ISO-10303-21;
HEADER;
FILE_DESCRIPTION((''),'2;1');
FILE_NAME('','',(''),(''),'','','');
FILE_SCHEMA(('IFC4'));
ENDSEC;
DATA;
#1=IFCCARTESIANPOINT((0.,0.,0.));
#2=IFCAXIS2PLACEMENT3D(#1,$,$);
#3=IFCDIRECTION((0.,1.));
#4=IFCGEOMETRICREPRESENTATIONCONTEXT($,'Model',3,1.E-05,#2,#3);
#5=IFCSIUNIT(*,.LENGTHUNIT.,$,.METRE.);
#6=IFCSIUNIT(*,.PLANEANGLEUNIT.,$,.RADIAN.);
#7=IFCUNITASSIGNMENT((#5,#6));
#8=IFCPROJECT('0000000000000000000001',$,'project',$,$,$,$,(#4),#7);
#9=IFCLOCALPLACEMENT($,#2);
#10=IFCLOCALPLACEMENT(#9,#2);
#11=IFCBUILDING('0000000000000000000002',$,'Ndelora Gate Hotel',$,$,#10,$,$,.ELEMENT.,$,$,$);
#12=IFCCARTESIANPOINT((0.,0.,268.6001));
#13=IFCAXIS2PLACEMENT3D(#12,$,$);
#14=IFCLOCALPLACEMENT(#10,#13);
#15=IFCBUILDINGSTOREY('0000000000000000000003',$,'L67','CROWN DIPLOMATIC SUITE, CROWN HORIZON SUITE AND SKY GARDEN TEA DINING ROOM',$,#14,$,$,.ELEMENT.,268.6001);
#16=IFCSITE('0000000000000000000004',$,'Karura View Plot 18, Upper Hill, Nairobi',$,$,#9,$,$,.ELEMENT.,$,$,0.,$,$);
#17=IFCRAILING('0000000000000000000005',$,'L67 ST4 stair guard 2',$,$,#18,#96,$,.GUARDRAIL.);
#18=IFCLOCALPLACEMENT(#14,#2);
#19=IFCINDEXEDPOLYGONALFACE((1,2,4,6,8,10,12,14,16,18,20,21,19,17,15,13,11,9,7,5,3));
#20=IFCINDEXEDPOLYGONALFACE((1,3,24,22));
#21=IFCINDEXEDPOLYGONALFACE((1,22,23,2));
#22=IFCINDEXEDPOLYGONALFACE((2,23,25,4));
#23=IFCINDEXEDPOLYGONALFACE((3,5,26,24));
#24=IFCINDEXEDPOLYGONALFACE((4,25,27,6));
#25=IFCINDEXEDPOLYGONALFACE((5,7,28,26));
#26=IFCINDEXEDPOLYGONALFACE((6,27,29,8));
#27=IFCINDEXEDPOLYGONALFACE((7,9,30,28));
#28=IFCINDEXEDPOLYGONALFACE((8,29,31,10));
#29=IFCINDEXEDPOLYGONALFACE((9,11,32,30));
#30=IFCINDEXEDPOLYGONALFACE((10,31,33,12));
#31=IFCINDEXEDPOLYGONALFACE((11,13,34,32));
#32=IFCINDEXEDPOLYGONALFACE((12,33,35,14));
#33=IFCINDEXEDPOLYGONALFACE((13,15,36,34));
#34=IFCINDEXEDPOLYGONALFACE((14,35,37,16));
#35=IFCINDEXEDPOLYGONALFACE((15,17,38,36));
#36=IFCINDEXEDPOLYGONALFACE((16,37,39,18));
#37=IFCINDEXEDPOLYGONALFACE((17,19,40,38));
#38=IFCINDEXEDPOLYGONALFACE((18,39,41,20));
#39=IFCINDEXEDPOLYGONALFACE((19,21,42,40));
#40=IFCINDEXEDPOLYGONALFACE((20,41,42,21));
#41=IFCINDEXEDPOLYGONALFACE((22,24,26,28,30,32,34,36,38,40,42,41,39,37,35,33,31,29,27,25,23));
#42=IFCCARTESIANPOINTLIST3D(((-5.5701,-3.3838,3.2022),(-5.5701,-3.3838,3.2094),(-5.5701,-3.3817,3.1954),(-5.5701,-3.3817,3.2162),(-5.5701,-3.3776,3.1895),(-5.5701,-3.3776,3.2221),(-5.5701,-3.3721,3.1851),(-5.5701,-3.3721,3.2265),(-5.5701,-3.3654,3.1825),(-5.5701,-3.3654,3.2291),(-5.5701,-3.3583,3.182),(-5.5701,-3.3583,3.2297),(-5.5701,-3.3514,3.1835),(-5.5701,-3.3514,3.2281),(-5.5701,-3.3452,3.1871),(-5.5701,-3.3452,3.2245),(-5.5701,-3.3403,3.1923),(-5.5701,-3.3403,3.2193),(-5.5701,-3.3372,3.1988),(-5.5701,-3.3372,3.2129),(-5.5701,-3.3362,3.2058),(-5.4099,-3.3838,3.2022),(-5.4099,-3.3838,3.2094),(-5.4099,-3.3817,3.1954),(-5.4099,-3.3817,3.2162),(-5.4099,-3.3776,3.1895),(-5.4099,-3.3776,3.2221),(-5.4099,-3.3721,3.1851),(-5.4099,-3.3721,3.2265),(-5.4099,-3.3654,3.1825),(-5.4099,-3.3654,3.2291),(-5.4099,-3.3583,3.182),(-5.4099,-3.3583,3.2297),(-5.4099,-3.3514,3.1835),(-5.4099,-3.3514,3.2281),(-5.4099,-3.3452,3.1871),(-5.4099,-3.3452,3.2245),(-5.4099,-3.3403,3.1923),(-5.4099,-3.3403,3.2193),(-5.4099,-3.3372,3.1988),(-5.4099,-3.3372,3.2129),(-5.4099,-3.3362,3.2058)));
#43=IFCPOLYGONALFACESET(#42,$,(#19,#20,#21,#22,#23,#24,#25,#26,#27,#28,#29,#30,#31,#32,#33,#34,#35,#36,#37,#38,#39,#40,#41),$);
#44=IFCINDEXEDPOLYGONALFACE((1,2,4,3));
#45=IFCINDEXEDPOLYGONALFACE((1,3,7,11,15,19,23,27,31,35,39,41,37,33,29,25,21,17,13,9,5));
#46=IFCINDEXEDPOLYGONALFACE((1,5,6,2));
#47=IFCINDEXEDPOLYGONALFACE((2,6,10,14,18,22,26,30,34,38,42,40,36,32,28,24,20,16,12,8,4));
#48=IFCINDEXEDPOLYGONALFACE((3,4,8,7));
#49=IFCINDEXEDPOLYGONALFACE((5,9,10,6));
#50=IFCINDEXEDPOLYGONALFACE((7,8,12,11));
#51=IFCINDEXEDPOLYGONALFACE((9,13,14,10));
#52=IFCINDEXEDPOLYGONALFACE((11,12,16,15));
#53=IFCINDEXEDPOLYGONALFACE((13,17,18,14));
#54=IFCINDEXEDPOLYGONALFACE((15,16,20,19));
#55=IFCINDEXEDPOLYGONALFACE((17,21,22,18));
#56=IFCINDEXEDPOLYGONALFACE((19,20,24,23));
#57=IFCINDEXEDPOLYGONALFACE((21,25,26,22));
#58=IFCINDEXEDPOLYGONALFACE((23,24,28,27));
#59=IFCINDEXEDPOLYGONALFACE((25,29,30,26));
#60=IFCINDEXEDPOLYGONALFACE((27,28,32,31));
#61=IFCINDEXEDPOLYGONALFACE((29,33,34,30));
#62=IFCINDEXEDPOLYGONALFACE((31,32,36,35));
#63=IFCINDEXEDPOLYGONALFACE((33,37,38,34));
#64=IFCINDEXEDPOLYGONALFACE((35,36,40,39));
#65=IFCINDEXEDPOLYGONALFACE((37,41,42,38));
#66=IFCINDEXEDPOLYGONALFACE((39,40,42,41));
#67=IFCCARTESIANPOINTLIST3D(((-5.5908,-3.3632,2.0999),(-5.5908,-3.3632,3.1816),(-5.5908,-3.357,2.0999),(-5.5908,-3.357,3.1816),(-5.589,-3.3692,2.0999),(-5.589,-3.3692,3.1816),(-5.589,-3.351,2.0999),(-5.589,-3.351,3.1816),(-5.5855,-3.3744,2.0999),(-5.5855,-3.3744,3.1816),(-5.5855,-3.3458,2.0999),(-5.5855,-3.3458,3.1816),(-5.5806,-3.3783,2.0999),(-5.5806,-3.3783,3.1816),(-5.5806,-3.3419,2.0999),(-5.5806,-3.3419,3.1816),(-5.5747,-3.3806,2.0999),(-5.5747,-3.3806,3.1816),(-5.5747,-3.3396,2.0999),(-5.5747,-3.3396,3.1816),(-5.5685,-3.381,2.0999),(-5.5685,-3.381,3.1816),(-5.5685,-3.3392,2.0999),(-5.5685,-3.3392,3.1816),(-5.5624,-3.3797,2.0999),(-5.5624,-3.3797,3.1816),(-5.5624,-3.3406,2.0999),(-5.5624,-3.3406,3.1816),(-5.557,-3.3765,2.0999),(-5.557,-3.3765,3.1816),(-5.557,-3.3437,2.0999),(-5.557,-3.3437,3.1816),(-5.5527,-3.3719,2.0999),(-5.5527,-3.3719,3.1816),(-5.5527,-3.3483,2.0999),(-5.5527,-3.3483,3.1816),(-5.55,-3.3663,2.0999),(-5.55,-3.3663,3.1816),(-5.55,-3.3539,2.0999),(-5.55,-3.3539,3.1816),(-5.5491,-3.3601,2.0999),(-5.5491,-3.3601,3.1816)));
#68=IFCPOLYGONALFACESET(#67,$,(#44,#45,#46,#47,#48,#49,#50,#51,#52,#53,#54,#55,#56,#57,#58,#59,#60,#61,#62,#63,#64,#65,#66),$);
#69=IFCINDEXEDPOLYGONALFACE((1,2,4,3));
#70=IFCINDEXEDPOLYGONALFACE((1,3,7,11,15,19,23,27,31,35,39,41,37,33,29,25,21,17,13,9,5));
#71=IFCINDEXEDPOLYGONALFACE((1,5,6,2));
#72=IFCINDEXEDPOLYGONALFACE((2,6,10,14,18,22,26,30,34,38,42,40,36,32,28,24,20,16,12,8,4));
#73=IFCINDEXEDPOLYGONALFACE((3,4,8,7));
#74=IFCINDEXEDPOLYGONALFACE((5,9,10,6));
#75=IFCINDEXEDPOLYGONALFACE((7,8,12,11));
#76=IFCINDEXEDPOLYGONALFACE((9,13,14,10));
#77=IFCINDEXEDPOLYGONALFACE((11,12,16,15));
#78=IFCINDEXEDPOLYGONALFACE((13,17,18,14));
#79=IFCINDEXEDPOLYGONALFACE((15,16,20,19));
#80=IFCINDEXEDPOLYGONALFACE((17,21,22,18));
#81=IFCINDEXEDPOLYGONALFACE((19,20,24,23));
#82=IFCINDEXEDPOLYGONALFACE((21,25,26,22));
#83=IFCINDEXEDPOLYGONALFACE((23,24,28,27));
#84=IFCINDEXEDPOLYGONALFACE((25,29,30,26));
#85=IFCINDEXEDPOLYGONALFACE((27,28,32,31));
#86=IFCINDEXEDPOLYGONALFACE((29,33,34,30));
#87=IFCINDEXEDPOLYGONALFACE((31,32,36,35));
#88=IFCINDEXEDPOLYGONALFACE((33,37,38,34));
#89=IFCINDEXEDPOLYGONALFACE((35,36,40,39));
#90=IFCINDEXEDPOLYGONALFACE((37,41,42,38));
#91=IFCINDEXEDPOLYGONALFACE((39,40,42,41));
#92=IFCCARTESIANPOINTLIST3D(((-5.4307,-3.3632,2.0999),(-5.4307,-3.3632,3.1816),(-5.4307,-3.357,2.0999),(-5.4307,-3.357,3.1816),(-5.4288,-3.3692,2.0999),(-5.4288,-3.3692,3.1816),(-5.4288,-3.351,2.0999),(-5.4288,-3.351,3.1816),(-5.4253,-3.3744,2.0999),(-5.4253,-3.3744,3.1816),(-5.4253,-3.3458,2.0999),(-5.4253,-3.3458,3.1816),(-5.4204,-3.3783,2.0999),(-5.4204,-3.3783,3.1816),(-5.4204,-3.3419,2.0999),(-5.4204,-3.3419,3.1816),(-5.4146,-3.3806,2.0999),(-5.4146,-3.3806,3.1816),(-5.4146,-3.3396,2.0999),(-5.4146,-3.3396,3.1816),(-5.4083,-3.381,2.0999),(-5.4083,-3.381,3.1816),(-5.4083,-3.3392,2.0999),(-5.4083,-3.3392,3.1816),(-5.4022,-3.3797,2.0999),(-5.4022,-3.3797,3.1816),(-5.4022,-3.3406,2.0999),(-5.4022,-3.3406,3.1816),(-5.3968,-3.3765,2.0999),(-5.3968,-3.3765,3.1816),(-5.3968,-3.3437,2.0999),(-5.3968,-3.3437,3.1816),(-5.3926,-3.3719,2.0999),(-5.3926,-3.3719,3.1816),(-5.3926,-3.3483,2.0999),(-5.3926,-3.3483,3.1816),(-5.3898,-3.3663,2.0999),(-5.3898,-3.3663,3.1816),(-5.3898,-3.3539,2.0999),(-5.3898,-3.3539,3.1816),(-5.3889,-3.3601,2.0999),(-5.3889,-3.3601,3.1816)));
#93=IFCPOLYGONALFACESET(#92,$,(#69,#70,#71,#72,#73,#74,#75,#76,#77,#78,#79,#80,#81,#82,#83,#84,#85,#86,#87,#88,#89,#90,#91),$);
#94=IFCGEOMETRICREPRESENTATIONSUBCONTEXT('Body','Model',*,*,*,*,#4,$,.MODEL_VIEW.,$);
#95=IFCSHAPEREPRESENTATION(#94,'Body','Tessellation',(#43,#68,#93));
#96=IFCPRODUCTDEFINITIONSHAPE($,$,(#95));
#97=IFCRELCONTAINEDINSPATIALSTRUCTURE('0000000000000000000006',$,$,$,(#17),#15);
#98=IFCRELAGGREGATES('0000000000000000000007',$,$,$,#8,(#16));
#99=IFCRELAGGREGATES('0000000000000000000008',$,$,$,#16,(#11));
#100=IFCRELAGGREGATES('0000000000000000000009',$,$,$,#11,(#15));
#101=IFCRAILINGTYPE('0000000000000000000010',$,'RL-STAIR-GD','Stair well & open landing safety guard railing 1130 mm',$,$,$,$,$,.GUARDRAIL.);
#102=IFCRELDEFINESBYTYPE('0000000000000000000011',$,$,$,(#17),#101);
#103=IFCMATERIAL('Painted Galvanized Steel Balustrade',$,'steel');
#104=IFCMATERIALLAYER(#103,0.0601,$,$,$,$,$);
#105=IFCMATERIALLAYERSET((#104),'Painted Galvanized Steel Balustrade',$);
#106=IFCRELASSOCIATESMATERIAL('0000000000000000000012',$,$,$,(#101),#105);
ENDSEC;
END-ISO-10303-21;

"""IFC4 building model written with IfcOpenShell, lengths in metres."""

from ifc_helpers import new_model, si_unit, direction, frame, origin, origin_2d, place, context, subcontext, project, spatial, circle, extrude, material, layer, layer_set, type_object, element, save


model = new_model("IFC4")

# Units and contexts
model_context = context("Model", 3, precision=1e-05, world=origin(), true_north=direction((0.0, 1.0)))
body_context = subcontext(model_context, "Body", "Model", "MODEL_VIEW")
ifc_project = project(units=[si_unit("LENGTHUNIT", "METRE"), si_unit("PLANEANGLEUNIT", "RADIAN")], contexts=[model_context])

# Site, building, storey
site_placement = place(None, origin())
site = spatial("IfcSite", under=ifc_project, at=site_placement, Name="Karura View Plot 18, Upper Hill, Nairobi", CompositionType="ELEMENT", RefElevation=0.0)
building_placement = place(site_placement, origin())
building = spatial("IfcBuilding", under=site, at=building_placement, Name="Ndelora Gate Hotel", CompositionType="ELEMENT")
storey_placement = place(building_placement, frame((0.0, 0.0, 268.6001)))
storey = spatial("IfcBuildingStorey", under=building, at=storey_placement, Name="L67", Description="CROWN DIPLOMATIC SUITE, CROWN HORIZON SUITE AND SKY GARDEN TEA DINING ROOM", CompositionType="ELEMENT", Elevation=268.6001)

# Railing
ifc_material_1 = material(Name="Painted Galvanized Steel Balustrade", Category="steel")
ifc_layer_1 = layer(ifc_material_1, 0.0601)
ifc_layer_set_1 = layer_set([ifc_layer_1], Name="Painted Galvanized Steel Balustrade")
railing_type_1 = type_object("IfcRailingType", Name="RL-STAIR-GD", Description="Stair well & open landing safety guard railing 1130 mm", PredefinedType="GUARDRAIL", material=ifc_layer_set_1)
railing_1_placement = place(storey_placement, frame((-5.5701, -3.3601, 2.0999)))
element("IfcRailing", 1, at=railing_1_placement, inside=storey, type_object=railing_type_1, Name="L67 ST4 stair guard 2", PredefinedType="GUARDRAIL", context=body_context, shape_type="SweptSolid", body=[
    extrude(circle(Radius=0.0239, at=origin_2d()), frame((0.0, 0.0, 1.106), z_axis=(1.0, 0.0, 0.0), x_axis=(0.0, 1.0, 0.0)), (0.0, 0.0, 1.0), 0.1602),
    extrude(circle(Radius=0.021, at=origin_2d()), origin(), (0.0, 0.0, 1.0), 1.0818),
    extrude(circle(Radius=0.021, at=origin_2d()), frame((0.1602, 0.0, 0.0)), (0.0, 0.0, 1.0), 1.0818),
])

save(model, "model.ifc")
